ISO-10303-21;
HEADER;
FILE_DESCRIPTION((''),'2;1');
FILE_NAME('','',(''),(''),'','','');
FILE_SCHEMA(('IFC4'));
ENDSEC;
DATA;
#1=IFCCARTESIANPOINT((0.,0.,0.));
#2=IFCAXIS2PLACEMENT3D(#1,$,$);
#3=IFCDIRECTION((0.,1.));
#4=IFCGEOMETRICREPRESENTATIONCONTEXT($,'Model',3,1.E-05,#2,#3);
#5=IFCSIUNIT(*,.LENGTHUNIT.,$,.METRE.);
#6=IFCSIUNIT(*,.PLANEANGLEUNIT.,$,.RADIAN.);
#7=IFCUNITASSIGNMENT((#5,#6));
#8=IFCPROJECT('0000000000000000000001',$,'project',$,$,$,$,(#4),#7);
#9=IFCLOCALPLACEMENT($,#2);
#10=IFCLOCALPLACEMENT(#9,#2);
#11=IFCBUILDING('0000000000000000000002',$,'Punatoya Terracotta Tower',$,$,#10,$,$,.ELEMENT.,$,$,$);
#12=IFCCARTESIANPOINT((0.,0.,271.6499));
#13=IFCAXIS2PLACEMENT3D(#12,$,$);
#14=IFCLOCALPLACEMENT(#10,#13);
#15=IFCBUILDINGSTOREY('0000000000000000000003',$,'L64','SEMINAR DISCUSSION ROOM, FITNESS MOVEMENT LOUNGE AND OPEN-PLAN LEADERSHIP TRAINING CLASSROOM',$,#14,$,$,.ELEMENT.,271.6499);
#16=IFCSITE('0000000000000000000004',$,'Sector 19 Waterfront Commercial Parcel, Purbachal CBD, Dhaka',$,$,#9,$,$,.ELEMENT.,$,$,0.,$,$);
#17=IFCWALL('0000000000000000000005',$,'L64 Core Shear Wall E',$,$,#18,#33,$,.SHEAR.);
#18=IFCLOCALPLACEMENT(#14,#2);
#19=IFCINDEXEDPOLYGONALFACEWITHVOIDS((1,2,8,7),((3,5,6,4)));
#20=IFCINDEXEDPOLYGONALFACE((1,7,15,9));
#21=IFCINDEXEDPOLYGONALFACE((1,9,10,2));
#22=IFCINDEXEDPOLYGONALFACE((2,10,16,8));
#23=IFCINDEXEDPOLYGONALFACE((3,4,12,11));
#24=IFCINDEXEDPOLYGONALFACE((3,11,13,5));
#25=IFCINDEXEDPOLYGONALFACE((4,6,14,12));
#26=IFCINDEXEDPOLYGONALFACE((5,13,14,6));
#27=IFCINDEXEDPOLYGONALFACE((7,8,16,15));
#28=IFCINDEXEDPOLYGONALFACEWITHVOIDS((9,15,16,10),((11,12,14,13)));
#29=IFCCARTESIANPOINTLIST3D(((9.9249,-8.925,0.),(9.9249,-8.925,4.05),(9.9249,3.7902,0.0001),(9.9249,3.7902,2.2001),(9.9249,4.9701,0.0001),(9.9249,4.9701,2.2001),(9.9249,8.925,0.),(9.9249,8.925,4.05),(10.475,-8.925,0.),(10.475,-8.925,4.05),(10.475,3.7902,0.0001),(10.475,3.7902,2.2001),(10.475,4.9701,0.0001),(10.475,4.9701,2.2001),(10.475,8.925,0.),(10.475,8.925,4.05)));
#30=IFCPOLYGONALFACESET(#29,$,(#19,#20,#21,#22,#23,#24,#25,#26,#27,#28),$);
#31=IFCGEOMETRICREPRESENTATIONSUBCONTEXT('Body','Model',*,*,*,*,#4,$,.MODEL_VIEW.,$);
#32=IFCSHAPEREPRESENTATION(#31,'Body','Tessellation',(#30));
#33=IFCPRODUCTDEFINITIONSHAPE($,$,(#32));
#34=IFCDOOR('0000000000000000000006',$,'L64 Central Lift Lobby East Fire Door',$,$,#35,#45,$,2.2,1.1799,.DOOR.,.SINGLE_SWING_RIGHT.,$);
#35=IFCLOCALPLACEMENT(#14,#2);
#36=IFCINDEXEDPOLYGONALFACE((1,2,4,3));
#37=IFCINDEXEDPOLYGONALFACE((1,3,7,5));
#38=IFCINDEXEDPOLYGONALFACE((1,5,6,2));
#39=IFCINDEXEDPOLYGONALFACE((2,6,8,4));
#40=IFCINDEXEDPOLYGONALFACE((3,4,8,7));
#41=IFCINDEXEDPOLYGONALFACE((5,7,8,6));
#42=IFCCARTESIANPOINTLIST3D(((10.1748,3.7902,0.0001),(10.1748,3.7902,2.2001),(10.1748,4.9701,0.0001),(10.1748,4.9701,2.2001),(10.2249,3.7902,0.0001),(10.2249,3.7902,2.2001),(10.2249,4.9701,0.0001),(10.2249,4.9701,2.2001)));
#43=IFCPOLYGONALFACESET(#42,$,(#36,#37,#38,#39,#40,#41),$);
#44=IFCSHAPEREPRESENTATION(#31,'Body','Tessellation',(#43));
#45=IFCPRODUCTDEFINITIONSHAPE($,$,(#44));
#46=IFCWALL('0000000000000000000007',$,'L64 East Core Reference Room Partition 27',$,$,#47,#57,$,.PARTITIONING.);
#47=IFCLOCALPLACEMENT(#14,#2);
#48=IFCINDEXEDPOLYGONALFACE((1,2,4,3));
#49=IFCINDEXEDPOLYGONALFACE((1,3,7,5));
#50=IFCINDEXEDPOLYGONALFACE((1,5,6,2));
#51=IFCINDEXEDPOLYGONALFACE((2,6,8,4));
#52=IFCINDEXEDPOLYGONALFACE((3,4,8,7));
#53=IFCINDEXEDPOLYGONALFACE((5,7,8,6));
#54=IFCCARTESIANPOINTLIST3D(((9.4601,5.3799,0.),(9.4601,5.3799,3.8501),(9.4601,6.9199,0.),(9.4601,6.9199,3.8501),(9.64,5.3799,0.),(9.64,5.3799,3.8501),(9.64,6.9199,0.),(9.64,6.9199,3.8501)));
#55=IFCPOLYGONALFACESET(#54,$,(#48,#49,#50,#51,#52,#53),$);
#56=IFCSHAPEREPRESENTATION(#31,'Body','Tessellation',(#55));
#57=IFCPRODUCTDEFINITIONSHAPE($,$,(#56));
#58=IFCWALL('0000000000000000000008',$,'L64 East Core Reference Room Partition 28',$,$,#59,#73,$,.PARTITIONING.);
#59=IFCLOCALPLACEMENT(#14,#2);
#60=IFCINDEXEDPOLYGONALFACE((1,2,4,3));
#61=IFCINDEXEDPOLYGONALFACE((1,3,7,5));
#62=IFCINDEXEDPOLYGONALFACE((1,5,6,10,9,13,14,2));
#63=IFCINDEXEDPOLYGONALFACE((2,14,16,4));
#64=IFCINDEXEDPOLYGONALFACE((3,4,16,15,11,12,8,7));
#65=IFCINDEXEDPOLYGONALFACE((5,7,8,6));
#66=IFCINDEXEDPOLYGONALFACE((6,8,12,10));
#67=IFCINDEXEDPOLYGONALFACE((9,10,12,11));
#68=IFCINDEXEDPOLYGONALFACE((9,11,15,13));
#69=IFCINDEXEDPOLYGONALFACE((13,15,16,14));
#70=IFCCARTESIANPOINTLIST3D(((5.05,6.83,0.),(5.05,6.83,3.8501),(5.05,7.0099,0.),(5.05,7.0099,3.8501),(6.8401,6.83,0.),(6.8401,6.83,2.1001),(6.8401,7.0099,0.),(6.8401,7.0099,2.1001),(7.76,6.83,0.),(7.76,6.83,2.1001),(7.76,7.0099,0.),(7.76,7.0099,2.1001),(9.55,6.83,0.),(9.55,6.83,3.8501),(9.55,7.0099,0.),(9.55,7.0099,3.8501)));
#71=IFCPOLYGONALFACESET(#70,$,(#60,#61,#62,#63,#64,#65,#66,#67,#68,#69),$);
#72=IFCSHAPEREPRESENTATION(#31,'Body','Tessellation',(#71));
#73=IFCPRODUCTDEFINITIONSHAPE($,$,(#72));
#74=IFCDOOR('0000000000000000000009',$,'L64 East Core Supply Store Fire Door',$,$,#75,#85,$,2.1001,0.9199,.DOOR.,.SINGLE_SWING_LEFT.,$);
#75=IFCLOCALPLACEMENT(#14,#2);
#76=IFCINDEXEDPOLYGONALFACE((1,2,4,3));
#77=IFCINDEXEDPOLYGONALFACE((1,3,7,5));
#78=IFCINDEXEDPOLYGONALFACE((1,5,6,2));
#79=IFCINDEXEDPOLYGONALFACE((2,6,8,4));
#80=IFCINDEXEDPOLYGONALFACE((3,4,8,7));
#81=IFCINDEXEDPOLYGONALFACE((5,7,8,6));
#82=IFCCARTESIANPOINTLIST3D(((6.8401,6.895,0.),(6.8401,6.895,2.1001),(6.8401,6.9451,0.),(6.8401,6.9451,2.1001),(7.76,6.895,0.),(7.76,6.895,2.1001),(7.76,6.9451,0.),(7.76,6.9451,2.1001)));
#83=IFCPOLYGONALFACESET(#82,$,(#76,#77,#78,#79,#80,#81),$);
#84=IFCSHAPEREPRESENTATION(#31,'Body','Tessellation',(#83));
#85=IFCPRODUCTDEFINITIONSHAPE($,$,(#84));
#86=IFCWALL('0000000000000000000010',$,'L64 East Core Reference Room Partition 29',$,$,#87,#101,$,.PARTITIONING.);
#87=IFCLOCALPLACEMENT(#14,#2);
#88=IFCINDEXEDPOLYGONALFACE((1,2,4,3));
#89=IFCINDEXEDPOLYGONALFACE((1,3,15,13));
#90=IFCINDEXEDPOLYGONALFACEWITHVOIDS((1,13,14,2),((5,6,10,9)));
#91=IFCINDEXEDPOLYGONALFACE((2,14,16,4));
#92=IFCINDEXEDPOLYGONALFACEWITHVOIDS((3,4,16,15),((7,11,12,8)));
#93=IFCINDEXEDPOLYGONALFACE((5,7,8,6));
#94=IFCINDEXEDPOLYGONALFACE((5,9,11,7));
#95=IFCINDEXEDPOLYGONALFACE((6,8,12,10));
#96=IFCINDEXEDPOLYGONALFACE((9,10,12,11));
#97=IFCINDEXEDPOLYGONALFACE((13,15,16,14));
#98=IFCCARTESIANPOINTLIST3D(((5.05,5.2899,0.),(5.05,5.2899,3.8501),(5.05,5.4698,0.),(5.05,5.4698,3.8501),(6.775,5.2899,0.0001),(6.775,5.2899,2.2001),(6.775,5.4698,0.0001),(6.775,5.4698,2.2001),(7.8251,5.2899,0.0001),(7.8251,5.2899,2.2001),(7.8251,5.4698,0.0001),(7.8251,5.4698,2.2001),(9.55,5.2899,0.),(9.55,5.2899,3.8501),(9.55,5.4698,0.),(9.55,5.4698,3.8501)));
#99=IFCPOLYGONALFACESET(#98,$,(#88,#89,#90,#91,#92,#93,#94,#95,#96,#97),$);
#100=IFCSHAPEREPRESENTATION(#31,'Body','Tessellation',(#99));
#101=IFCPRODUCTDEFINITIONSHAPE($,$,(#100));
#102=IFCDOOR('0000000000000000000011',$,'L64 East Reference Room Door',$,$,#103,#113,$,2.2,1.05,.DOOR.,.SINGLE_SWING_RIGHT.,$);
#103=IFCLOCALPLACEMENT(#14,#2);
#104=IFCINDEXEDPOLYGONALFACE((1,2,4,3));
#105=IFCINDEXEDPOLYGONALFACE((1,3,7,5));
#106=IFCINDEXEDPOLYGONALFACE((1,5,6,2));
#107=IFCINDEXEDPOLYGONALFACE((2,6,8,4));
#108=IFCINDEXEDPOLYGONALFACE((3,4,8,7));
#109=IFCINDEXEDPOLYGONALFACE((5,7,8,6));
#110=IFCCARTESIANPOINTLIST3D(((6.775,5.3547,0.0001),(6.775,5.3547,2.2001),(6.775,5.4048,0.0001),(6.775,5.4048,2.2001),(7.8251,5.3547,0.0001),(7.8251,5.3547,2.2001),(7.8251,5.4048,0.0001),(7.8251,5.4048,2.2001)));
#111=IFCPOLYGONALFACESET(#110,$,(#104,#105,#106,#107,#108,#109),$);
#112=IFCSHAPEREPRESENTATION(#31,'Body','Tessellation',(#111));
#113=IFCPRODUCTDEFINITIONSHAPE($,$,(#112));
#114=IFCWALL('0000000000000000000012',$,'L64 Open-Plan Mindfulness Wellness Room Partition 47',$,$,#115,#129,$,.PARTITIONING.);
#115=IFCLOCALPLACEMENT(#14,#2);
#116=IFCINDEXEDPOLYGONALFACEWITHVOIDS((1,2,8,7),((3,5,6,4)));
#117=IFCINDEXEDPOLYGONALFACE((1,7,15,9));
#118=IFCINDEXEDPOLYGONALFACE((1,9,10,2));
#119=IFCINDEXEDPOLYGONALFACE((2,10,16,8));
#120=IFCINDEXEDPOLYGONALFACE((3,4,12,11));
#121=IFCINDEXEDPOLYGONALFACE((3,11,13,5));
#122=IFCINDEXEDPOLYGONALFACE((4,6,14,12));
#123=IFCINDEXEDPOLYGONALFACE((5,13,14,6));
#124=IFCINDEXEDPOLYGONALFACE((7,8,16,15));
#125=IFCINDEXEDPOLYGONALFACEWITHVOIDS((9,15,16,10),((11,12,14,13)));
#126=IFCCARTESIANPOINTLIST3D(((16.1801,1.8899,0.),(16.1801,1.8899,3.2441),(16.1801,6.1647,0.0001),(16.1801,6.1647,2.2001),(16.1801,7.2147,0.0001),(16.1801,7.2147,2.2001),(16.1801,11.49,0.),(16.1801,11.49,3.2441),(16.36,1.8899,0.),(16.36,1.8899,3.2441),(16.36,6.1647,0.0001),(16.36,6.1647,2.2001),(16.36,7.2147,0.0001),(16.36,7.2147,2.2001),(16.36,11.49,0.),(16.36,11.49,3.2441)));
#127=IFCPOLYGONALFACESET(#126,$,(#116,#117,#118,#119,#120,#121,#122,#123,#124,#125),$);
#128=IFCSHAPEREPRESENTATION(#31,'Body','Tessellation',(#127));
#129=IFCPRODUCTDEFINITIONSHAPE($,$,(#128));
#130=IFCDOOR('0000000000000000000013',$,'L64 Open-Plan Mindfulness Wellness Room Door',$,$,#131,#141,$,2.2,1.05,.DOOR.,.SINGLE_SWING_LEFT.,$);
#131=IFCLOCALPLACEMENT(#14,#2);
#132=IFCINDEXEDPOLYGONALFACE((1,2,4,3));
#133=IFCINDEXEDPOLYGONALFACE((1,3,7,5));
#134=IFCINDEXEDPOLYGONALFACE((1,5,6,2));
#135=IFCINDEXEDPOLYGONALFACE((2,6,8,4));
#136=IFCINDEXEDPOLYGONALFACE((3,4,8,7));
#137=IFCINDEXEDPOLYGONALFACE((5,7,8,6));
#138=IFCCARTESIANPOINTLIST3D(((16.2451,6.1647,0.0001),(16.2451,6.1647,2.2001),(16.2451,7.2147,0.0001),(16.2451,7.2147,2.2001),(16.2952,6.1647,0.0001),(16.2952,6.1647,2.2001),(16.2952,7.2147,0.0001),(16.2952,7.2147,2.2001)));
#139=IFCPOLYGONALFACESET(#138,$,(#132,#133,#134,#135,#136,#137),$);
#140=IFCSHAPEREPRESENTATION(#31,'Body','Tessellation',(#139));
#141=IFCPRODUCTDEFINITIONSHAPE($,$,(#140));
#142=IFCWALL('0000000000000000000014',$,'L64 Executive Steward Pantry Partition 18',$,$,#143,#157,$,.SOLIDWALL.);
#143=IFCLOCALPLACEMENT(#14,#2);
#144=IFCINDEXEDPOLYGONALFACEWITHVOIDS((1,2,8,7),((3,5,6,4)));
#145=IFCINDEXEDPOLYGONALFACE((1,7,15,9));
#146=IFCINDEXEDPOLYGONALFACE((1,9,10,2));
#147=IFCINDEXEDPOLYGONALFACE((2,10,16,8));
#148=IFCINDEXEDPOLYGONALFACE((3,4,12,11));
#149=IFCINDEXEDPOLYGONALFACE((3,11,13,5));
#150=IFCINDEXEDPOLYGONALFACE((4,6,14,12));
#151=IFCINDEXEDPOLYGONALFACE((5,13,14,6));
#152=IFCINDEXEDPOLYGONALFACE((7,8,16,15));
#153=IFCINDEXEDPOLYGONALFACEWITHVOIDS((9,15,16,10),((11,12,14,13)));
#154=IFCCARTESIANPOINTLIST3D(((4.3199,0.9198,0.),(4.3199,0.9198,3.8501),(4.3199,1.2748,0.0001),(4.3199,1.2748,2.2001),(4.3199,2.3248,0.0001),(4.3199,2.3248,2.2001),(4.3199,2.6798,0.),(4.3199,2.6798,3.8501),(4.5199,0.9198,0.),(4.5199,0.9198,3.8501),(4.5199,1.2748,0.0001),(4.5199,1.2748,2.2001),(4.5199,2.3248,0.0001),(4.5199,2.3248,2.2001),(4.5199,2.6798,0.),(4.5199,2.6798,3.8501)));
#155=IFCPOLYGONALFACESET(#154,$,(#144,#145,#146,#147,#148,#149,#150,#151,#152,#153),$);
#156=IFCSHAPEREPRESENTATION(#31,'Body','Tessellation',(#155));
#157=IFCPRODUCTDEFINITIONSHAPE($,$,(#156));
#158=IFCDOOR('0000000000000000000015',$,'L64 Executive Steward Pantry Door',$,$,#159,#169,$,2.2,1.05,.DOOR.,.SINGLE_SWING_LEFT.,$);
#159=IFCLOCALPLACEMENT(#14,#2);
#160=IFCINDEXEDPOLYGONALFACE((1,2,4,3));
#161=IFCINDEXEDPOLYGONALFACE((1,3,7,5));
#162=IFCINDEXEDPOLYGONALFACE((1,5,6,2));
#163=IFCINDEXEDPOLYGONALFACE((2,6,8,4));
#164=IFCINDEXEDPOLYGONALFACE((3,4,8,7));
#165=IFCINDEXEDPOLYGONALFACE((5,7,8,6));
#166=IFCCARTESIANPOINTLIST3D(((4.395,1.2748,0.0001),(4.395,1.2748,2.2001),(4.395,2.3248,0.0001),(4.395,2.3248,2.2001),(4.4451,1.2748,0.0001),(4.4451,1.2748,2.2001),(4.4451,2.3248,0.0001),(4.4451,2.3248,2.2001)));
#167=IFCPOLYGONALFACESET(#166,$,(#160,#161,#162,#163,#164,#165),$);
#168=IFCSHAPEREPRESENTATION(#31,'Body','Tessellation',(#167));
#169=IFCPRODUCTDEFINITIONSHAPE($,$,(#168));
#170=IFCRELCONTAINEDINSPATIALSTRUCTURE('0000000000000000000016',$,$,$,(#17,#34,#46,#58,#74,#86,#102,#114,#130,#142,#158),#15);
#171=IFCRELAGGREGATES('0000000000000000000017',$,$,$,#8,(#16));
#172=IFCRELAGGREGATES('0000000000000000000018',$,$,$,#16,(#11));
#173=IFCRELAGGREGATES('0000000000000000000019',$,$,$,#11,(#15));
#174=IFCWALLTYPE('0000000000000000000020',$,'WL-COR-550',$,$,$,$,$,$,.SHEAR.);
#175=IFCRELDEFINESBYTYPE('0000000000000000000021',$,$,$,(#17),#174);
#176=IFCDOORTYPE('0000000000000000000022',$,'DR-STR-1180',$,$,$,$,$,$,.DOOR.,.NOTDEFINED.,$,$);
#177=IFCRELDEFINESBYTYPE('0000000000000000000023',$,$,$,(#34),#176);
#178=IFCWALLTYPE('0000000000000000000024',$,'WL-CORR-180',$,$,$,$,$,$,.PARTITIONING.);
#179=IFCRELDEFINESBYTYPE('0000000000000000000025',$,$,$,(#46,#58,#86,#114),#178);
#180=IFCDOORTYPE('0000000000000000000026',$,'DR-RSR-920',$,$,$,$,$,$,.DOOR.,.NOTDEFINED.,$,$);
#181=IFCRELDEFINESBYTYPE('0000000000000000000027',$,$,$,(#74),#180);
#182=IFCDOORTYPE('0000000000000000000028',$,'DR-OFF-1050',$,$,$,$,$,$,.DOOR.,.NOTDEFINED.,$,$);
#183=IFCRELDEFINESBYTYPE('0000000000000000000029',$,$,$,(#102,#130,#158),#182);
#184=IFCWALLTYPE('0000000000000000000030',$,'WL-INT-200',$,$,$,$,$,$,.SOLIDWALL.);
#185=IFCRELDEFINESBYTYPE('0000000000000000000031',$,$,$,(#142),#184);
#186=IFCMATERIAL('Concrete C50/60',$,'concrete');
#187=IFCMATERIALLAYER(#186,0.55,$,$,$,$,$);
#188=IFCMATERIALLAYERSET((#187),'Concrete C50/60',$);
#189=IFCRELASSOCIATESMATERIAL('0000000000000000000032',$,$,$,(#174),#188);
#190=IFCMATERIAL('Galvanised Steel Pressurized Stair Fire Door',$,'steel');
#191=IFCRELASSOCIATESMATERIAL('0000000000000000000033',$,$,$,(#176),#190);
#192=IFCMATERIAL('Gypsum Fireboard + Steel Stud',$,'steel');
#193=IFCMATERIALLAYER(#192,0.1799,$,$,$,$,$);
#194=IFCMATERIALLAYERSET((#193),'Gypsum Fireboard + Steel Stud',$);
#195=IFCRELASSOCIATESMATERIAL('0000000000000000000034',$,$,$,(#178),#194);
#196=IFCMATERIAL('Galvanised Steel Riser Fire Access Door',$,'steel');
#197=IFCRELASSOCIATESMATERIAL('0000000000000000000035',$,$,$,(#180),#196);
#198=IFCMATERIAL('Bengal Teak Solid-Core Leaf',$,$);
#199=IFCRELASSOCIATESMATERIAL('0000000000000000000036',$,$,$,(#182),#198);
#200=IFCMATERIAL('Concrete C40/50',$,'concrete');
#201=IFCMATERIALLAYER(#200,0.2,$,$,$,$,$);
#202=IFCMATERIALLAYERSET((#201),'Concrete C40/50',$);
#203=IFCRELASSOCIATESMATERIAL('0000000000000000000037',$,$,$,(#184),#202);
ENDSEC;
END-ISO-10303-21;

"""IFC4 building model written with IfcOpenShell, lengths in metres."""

from ifc_helpers import new_model, si_unit, direction, frame, frame_2d, origin, place, context, subcontext, project, spatial, rectangle, extrude, material, layer, layer_set, type_object, element, fill, save


model = new_model("IFC4")

# Units and contexts
model_context = context("Model", 3, precision=1e-05, world=origin(), true_north=direction((0.0, 1.0)))
body_context = subcontext(model_context, "Body", "Model", "MODEL_VIEW")
ifc_project = project(units=[si_unit("LENGTHUNIT", "METRE"), si_unit("PLANEANGLEUNIT", "RADIAN")], contexts=[model_context])

# Site, building, storey
site_placement = place(None, origin())
site = spatial("IfcSite", under=ifc_project, at=site_placement, Name="Sector 19 Waterfront Commercial Parcel, Purbachal CBD, Dhaka", CompositionType="ELEMENT", RefElevation=0.0)
building_placement = place(site_placement, origin())
building = spatial("IfcBuilding", under=site, at=building_placement, Name="Punatoya Terracotta Tower", CompositionType="ELEMENT")
storey_placement = place(building_placement, frame((0.0, 0.0, 271.6499)))
storey = spatial("IfcBuildingStorey", under=building, at=storey_placement, Name="L64", Description="SEMINAR DISCUSSION ROOM, FITNESS MOVEMENT LOUNGE AND OPEN-PLAN LEADERSHIP TRAINING CLASSROOM", CompositionType="ELEMENT", Elevation=271.6499)

# Wall, opening, door
ifc_material_1 = material(Name="Concrete C50/60", Category="concrete")
ifc_layer_1 = layer(ifc_material_1, 0.55)
ifc_layer_set_1 = layer_set([ifc_layer_1], Name="Concrete C50/60")
wall_type_1 = type_object("IfcWallType", Name="WL-COR-550", PredefinedType="SHEAR", material=ifc_layer_set_1)
wall_1_placement = place(storey_placement, frame((10.2, 8.925, 0.0), z_axis=(0.0, 0.0, 1.0), x_axis=(0.0, -1.0, 0.0)))
wall_1 = element("IfcWall", 1, at=wall_1_placement, inside=storey, type_object=wall_type_1, Name="L64 Core Shear Wall E", PredefinedType="SHEAR", context=body_context, shape_type="SweptSolid", body=[
    extrude(rectangle(XDim=17.8501, YDim=0.55, at=frame_2d((8.925, 0.0))), origin(), (0.0, 0.0, 1.0), 4.05),
])
opening_1_placement = place(wall_1_placement, frame((3.9551, 0.0, 0.0)))
opening_1 = element("IfcOpeningElement", 2, at=opening_1_placement, cuts=wall_1, PredefinedType="OPENING", context=body_context, shape_type="SweptSolid", body=[
    extrude(rectangle(XDim=1.1799, YDim=2.2, at=frame_2d((0.5898, 1.1001))), frame((0.0, 0.2849, 0.0), z_axis=(0.0, -1.0, 0.0), x_axis=(1.0, 0.0, 0.0)), (0.0, 0.0, 1.0), 0.5701),
])
ifc_material_2 = material(Name="Galvanised Steel Pressurized Stair Fire Door", Category="steel")
door_type_1 = type_object("IfcDoorType", Name="DR-STR-1180", OperationType="NOTDEFINED", PredefinedType="DOOR", material=ifc_material_2)
door_1_placement = place(opening_1_placement, origin())
door_1 = element("IfcDoor", 3, at=door_1_placement, inside=storey, type_object=door_type_1, Name="L64 Central Lift Lobby East Fire Door", OperationType="SINGLE_SWING_RIGHT", OverallHeight=2.2, OverallWidth=1.1799, PredefinedType="DOOR", context=body_context, shape_type="SweptSolid", body=[
    extrude(rectangle(XDim=1.1799, YDim=2.2, at=frame_2d((0.5898, 1.1001))), frame((0.0, 0.0249, 0.0), z_axis=(0.0, -1.0, 0.0), x_axis=(1.0, 0.0, 0.0)), (0.0, 0.0, 1.0), 0.05),
])
fill(opening_1, door_1)

# Wall
ifc_material_3 = material(Name="Gypsum Fireboard + Steel Stud", Category="steel")
ifc_layer_2 = layer(ifc_material_3, 0.1799)
ifc_layer_set_2 = layer_set([ifc_layer_2], Name="Gypsum Fireboard + Steel Stud")
wall_type_2 = type_object("IfcWallType", Name="WL-CORR-180", PredefinedType="PARTITIONING", material=ifc_layer_set_2)
wall_2_placement = place(storey_placement, frame((9.55, 5.3799, 0.0), z_axis=(0.0, 0.0, 1.0), x_axis=(0.0, 1.0, 0.0)))
element("IfcWall", 4, at=wall_2_placement, inside=storey, type_object=wall_type_2, Name="L64 East Core Reference Room Partition 27", PredefinedType="PARTITIONING", context=body_context, shape_type="SweptSolid", body=[
    extrude(rectangle(XDim=1.54, YDim=0.1799, at=frame_2d((0.77, 0.0))), origin(), (0.0, 0.0, 1.0), 3.8501),
])

# Walls, openings, doors
wall_3_placement = place(storey_placement, frame((9.55, 6.9199, 0.0), z_axis=(0.0, 0.0, 1.0), x_axis=(-1.0, 0.0, 0.0)))
wall_3 = element("IfcWall", 5, at=wall_3_placement, inside=storey, type_object=wall_type_2, Name="L64 East Core Reference Room Partition 28", PredefinedType="PARTITIONING", context=body_context, shape_type="SweptSolid", body=[
    extrude(rectangle(XDim=4.5, YDim=0.1799, at=frame_2d((2.25, 0.0))), origin(), (0.0, 0.0, 1.0), 3.8501),
])
opening_2_placement = place(wall_3_placement, frame((1.79, 0.0, 0.0)))
opening_2 = element("IfcOpeningElement", 6, at=opening_2_placement, cuts=wall_3, PredefinedType="OPENING", context=body_context, shape_type="SweptSolid", body=[
    extrude(rectangle(XDim=0.9199, YDim=2.1001, at=frame_2d((0.46, 1.05))), frame((0.0, 0.0999, 0.0), z_axis=(0.0, -1.0, 0.0), x_axis=(1.0, 0.0, 0.0)), (0.0, 0.0, 1.0), 0.2),
])
ifc_material_4 = material(Name="Galvanised Steel Riser Fire Access Door", Category="steel")
door_type_2 = type_object("IfcDoorType", Name="DR-RSR-920", OperationType="NOTDEFINED", PredefinedType="DOOR", material=ifc_material_4)
door_2_placement = place(opening_2_placement, origin())
door_2 = element("IfcDoor", 7, at=door_2_placement, inside=storey, type_object=door_type_2, Name="L64 East Core Supply Store Fire Door", OperationType="SINGLE_SWING_LEFT", OverallHeight=2.1001, OverallWidth=0.9199, PredefinedType="DOOR", context=body_context, shape_type="SweptSolid", body=[
    extrude(rectangle(XDim=0.9199, YDim=2.1001, at=frame_2d((0.46, 1.05))), frame((0.0, 0.0249, 0.0), z_axis=(0.0, -1.0, 0.0), x_axis=(1.0, 0.0, 0.0)), (0.0, 0.0, 1.0), 0.05),
])
fill(opening_2, door_2)
wall_4_placement = place(storey_placement, frame((5.05, 5.3799, 0.0), z_axis=(0.0, 0.0, 1.0), x_axis=(1.0, 0.0, 0.0)))
wall_4 = element("IfcWall", 8, at=wall_4_placement, inside=storey, type_object=wall_type_2, Name="L64 East Core Reference Room Partition 29", PredefinedType="PARTITIONING", context=body_context, shape_type="SweptSolid", body=[
    extrude(rectangle(XDim=4.5, YDim=0.1799, at=frame_2d((2.25, 0.0))), origin(), (0.0, 0.0, 1.0), 3.8501),
])
opening_3_placement = place(wall_4_placement, frame((1.7251, 0.0, 0.0)))
opening_3 = element("IfcOpeningElement", 9, at=opening_3_placement, cuts=wall_4, PredefinedType="OPENING", context=body_context, shape_type="SweptSolid", body=[
    extrude(rectangle(XDim=1.05, YDim=2.2, at=frame_2d((0.5249, 1.1001))), frame((0.0, 0.0999, 0.0), z_axis=(0.0, -1.0, 0.0), x_axis=(1.0, 0.0, 0.0)), (0.0, 0.0, 1.0), 0.2),
])
ifc_material_5 = material(Name="Bengal Teak Solid-Core Leaf")
door_type_3 = type_object("IfcDoorType", Name="DR-OFF-1050", OperationType="NOTDEFINED", PredefinedType="DOOR", material=ifc_material_5)
door_3_placement = place(opening_3_placement, origin())
door_3 = element("IfcDoor", 10, at=door_3_placement, inside=storey, type_object=door_type_3, Name="L64 East Reference Room Door", OperationType="SINGLE_SWING_RIGHT", OverallHeight=2.2, OverallWidth=1.05, PredefinedType="DOOR", context=body_context, shape_type="SweptSolid", body=[
    extrude(rectangle(XDim=1.05, YDim=2.2, at=frame_2d((0.5249, 1.1001))), frame((0.0, 0.0249, 0.0), z_axis=(0.0, -1.0, 0.0), x_axis=(1.0, 0.0, 0.0)), (0.0, 0.0, 1.0), 0.05),
])
fill(opening_3, door_3)
wall_5_placement = place(storey_placement, frame((16.27, 1.8899, 0.0), z_axis=(0.0, 0.0, 1.0), x_axis=(0.0, 1.0, 0.0)))
wall_5 = element("IfcWall", 11, at=wall_5_placement, inside=storey, type_object=wall_type_2, Name="L64 Open-Plan Mindfulness Wellness Room Partition 47", PredefinedType="PARTITIONING", context=body_context, shape_type="SweptSolid", body=[
    extrude(rectangle(XDim=9.6001, YDim=0.1799, at=frame_2d((4.8, 0.0))), origin(), (0.0, 0.0, 1.0), 3.2441),
])
opening_4_placement = place(wall_5_placement, frame((4.2749, 0.0, 0.0)))
opening_4 = element("IfcOpeningElement", 12, at=opening_4_placement, cuts=wall_5, PredefinedType="OPENING", context=body_context, shape_type="SweptSolid", body=[
    extrude(rectangle(XDim=1.05, YDim=2.2, at=frame_2d((0.5249, 1.1001))), frame((0.0, 0.0999, 0.0), z_axis=(0.0, -1.0, 0.0), x_axis=(1.0, 0.0, 0.0)), (0.0, 0.0, 1.0), 0.2),
])
door_4_placement = place(opening_4_placement, origin())
door_4 = element("IfcDoor", 13, at=door_4_placement, inside=storey, type_object=door_type_3, Name="L64 Open-Plan Mindfulness Wellness Room Door", OperationType="SINGLE_SWING_LEFT", OverallHeight=2.2, OverallWidth=1.05, PredefinedType="DOOR", context=body_context, shape_type="SweptSolid", body=[
    extrude(rectangle(XDim=1.05, YDim=2.2, at=frame_2d((0.5249, 1.1001))), frame((0.0, 0.0249, 0.0), z_axis=(0.0, -1.0, 0.0), x_axis=(1.0, 0.0, 0.0)), (0.0, 0.0, 1.0), 0.05),
])
fill(opening_4, door_4)
ifc_material_6 = material(Name="Concrete C40/50", Category="concrete")
ifc_layer_3 = layer(ifc_material_6, 0.2)
ifc_layer_set_3 = layer_set([ifc_layer_3], Name="Concrete C40/50")
wall_type_3 = type_object("IfcWallType", Name="WL-INT-200", PredefinedType="SOLIDWALL", material=ifc_layer_set_3)
wall_6_placement = place(storey_placement, frame((4.4199, 0.9199, 0.0), z_axis=(0.0, 0.0, 1.0), x_axis=(0.0, 1.0, 0.0)))
wall_6 = element("IfcWall", 14, at=wall_6_placement, inside=storey, type_object=wall_type_3, Name="L64 Executive Steward Pantry Partition 18", PredefinedType="SOLIDWALL", context=body_context, shape_type="SweptSolid", body=[
    extrude(rectangle(XDim=1.76, YDim=0.2, at=frame_2d((0.8799, 0.0))), origin(), (0.0, 0.0, 1.0), 3.8501),
])
opening_5_placement = place(wall_6_placement, frame((0.355, 0.0, 0.0)))
opening_5 = element("IfcOpeningElement", 15, at=opening_5_placement, cuts=wall_6, PredefinedType="OPENING", context=body_context, shape_type="SweptSolid", body=[
    extrude(rectangle(XDim=1.05, YDim=2.2, at=frame_2d((0.5249, 1.1001))), frame((0.0, 0.1099, 0.0), z_axis=(0.0, -1.0, 0.0), x_axis=(1.0, 0.0, 0.0)), (0.0, 0.0, 1.0), 0.22),
])
door_5_placement = place(opening_5_placement, origin())
door_5 = element("IfcDoor", 16, at=door_5_placement, inside=storey, type_object=door_type_3, Name="L64 Executive Steward Pantry Door", OperationType="SINGLE_SWING_LEFT", OverallHeight=2.2, OverallWidth=1.05, PredefinedType="DOOR", context=body_context, shape_type="SweptSolid", body=[
    extrude(rectangle(XDim=1.05, YDim=2.2, at=frame_2d((0.5249, 1.1001))), frame((0.0, 0.0249, 0.0), z_axis=(0.0, -1.0, 0.0), x_axis=(1.0, 0.0, 0.0)), (0.0, 0.0, 1.0), 0.05),
])
fill(opening_5, door_5)

save(model, "model.ifc")
